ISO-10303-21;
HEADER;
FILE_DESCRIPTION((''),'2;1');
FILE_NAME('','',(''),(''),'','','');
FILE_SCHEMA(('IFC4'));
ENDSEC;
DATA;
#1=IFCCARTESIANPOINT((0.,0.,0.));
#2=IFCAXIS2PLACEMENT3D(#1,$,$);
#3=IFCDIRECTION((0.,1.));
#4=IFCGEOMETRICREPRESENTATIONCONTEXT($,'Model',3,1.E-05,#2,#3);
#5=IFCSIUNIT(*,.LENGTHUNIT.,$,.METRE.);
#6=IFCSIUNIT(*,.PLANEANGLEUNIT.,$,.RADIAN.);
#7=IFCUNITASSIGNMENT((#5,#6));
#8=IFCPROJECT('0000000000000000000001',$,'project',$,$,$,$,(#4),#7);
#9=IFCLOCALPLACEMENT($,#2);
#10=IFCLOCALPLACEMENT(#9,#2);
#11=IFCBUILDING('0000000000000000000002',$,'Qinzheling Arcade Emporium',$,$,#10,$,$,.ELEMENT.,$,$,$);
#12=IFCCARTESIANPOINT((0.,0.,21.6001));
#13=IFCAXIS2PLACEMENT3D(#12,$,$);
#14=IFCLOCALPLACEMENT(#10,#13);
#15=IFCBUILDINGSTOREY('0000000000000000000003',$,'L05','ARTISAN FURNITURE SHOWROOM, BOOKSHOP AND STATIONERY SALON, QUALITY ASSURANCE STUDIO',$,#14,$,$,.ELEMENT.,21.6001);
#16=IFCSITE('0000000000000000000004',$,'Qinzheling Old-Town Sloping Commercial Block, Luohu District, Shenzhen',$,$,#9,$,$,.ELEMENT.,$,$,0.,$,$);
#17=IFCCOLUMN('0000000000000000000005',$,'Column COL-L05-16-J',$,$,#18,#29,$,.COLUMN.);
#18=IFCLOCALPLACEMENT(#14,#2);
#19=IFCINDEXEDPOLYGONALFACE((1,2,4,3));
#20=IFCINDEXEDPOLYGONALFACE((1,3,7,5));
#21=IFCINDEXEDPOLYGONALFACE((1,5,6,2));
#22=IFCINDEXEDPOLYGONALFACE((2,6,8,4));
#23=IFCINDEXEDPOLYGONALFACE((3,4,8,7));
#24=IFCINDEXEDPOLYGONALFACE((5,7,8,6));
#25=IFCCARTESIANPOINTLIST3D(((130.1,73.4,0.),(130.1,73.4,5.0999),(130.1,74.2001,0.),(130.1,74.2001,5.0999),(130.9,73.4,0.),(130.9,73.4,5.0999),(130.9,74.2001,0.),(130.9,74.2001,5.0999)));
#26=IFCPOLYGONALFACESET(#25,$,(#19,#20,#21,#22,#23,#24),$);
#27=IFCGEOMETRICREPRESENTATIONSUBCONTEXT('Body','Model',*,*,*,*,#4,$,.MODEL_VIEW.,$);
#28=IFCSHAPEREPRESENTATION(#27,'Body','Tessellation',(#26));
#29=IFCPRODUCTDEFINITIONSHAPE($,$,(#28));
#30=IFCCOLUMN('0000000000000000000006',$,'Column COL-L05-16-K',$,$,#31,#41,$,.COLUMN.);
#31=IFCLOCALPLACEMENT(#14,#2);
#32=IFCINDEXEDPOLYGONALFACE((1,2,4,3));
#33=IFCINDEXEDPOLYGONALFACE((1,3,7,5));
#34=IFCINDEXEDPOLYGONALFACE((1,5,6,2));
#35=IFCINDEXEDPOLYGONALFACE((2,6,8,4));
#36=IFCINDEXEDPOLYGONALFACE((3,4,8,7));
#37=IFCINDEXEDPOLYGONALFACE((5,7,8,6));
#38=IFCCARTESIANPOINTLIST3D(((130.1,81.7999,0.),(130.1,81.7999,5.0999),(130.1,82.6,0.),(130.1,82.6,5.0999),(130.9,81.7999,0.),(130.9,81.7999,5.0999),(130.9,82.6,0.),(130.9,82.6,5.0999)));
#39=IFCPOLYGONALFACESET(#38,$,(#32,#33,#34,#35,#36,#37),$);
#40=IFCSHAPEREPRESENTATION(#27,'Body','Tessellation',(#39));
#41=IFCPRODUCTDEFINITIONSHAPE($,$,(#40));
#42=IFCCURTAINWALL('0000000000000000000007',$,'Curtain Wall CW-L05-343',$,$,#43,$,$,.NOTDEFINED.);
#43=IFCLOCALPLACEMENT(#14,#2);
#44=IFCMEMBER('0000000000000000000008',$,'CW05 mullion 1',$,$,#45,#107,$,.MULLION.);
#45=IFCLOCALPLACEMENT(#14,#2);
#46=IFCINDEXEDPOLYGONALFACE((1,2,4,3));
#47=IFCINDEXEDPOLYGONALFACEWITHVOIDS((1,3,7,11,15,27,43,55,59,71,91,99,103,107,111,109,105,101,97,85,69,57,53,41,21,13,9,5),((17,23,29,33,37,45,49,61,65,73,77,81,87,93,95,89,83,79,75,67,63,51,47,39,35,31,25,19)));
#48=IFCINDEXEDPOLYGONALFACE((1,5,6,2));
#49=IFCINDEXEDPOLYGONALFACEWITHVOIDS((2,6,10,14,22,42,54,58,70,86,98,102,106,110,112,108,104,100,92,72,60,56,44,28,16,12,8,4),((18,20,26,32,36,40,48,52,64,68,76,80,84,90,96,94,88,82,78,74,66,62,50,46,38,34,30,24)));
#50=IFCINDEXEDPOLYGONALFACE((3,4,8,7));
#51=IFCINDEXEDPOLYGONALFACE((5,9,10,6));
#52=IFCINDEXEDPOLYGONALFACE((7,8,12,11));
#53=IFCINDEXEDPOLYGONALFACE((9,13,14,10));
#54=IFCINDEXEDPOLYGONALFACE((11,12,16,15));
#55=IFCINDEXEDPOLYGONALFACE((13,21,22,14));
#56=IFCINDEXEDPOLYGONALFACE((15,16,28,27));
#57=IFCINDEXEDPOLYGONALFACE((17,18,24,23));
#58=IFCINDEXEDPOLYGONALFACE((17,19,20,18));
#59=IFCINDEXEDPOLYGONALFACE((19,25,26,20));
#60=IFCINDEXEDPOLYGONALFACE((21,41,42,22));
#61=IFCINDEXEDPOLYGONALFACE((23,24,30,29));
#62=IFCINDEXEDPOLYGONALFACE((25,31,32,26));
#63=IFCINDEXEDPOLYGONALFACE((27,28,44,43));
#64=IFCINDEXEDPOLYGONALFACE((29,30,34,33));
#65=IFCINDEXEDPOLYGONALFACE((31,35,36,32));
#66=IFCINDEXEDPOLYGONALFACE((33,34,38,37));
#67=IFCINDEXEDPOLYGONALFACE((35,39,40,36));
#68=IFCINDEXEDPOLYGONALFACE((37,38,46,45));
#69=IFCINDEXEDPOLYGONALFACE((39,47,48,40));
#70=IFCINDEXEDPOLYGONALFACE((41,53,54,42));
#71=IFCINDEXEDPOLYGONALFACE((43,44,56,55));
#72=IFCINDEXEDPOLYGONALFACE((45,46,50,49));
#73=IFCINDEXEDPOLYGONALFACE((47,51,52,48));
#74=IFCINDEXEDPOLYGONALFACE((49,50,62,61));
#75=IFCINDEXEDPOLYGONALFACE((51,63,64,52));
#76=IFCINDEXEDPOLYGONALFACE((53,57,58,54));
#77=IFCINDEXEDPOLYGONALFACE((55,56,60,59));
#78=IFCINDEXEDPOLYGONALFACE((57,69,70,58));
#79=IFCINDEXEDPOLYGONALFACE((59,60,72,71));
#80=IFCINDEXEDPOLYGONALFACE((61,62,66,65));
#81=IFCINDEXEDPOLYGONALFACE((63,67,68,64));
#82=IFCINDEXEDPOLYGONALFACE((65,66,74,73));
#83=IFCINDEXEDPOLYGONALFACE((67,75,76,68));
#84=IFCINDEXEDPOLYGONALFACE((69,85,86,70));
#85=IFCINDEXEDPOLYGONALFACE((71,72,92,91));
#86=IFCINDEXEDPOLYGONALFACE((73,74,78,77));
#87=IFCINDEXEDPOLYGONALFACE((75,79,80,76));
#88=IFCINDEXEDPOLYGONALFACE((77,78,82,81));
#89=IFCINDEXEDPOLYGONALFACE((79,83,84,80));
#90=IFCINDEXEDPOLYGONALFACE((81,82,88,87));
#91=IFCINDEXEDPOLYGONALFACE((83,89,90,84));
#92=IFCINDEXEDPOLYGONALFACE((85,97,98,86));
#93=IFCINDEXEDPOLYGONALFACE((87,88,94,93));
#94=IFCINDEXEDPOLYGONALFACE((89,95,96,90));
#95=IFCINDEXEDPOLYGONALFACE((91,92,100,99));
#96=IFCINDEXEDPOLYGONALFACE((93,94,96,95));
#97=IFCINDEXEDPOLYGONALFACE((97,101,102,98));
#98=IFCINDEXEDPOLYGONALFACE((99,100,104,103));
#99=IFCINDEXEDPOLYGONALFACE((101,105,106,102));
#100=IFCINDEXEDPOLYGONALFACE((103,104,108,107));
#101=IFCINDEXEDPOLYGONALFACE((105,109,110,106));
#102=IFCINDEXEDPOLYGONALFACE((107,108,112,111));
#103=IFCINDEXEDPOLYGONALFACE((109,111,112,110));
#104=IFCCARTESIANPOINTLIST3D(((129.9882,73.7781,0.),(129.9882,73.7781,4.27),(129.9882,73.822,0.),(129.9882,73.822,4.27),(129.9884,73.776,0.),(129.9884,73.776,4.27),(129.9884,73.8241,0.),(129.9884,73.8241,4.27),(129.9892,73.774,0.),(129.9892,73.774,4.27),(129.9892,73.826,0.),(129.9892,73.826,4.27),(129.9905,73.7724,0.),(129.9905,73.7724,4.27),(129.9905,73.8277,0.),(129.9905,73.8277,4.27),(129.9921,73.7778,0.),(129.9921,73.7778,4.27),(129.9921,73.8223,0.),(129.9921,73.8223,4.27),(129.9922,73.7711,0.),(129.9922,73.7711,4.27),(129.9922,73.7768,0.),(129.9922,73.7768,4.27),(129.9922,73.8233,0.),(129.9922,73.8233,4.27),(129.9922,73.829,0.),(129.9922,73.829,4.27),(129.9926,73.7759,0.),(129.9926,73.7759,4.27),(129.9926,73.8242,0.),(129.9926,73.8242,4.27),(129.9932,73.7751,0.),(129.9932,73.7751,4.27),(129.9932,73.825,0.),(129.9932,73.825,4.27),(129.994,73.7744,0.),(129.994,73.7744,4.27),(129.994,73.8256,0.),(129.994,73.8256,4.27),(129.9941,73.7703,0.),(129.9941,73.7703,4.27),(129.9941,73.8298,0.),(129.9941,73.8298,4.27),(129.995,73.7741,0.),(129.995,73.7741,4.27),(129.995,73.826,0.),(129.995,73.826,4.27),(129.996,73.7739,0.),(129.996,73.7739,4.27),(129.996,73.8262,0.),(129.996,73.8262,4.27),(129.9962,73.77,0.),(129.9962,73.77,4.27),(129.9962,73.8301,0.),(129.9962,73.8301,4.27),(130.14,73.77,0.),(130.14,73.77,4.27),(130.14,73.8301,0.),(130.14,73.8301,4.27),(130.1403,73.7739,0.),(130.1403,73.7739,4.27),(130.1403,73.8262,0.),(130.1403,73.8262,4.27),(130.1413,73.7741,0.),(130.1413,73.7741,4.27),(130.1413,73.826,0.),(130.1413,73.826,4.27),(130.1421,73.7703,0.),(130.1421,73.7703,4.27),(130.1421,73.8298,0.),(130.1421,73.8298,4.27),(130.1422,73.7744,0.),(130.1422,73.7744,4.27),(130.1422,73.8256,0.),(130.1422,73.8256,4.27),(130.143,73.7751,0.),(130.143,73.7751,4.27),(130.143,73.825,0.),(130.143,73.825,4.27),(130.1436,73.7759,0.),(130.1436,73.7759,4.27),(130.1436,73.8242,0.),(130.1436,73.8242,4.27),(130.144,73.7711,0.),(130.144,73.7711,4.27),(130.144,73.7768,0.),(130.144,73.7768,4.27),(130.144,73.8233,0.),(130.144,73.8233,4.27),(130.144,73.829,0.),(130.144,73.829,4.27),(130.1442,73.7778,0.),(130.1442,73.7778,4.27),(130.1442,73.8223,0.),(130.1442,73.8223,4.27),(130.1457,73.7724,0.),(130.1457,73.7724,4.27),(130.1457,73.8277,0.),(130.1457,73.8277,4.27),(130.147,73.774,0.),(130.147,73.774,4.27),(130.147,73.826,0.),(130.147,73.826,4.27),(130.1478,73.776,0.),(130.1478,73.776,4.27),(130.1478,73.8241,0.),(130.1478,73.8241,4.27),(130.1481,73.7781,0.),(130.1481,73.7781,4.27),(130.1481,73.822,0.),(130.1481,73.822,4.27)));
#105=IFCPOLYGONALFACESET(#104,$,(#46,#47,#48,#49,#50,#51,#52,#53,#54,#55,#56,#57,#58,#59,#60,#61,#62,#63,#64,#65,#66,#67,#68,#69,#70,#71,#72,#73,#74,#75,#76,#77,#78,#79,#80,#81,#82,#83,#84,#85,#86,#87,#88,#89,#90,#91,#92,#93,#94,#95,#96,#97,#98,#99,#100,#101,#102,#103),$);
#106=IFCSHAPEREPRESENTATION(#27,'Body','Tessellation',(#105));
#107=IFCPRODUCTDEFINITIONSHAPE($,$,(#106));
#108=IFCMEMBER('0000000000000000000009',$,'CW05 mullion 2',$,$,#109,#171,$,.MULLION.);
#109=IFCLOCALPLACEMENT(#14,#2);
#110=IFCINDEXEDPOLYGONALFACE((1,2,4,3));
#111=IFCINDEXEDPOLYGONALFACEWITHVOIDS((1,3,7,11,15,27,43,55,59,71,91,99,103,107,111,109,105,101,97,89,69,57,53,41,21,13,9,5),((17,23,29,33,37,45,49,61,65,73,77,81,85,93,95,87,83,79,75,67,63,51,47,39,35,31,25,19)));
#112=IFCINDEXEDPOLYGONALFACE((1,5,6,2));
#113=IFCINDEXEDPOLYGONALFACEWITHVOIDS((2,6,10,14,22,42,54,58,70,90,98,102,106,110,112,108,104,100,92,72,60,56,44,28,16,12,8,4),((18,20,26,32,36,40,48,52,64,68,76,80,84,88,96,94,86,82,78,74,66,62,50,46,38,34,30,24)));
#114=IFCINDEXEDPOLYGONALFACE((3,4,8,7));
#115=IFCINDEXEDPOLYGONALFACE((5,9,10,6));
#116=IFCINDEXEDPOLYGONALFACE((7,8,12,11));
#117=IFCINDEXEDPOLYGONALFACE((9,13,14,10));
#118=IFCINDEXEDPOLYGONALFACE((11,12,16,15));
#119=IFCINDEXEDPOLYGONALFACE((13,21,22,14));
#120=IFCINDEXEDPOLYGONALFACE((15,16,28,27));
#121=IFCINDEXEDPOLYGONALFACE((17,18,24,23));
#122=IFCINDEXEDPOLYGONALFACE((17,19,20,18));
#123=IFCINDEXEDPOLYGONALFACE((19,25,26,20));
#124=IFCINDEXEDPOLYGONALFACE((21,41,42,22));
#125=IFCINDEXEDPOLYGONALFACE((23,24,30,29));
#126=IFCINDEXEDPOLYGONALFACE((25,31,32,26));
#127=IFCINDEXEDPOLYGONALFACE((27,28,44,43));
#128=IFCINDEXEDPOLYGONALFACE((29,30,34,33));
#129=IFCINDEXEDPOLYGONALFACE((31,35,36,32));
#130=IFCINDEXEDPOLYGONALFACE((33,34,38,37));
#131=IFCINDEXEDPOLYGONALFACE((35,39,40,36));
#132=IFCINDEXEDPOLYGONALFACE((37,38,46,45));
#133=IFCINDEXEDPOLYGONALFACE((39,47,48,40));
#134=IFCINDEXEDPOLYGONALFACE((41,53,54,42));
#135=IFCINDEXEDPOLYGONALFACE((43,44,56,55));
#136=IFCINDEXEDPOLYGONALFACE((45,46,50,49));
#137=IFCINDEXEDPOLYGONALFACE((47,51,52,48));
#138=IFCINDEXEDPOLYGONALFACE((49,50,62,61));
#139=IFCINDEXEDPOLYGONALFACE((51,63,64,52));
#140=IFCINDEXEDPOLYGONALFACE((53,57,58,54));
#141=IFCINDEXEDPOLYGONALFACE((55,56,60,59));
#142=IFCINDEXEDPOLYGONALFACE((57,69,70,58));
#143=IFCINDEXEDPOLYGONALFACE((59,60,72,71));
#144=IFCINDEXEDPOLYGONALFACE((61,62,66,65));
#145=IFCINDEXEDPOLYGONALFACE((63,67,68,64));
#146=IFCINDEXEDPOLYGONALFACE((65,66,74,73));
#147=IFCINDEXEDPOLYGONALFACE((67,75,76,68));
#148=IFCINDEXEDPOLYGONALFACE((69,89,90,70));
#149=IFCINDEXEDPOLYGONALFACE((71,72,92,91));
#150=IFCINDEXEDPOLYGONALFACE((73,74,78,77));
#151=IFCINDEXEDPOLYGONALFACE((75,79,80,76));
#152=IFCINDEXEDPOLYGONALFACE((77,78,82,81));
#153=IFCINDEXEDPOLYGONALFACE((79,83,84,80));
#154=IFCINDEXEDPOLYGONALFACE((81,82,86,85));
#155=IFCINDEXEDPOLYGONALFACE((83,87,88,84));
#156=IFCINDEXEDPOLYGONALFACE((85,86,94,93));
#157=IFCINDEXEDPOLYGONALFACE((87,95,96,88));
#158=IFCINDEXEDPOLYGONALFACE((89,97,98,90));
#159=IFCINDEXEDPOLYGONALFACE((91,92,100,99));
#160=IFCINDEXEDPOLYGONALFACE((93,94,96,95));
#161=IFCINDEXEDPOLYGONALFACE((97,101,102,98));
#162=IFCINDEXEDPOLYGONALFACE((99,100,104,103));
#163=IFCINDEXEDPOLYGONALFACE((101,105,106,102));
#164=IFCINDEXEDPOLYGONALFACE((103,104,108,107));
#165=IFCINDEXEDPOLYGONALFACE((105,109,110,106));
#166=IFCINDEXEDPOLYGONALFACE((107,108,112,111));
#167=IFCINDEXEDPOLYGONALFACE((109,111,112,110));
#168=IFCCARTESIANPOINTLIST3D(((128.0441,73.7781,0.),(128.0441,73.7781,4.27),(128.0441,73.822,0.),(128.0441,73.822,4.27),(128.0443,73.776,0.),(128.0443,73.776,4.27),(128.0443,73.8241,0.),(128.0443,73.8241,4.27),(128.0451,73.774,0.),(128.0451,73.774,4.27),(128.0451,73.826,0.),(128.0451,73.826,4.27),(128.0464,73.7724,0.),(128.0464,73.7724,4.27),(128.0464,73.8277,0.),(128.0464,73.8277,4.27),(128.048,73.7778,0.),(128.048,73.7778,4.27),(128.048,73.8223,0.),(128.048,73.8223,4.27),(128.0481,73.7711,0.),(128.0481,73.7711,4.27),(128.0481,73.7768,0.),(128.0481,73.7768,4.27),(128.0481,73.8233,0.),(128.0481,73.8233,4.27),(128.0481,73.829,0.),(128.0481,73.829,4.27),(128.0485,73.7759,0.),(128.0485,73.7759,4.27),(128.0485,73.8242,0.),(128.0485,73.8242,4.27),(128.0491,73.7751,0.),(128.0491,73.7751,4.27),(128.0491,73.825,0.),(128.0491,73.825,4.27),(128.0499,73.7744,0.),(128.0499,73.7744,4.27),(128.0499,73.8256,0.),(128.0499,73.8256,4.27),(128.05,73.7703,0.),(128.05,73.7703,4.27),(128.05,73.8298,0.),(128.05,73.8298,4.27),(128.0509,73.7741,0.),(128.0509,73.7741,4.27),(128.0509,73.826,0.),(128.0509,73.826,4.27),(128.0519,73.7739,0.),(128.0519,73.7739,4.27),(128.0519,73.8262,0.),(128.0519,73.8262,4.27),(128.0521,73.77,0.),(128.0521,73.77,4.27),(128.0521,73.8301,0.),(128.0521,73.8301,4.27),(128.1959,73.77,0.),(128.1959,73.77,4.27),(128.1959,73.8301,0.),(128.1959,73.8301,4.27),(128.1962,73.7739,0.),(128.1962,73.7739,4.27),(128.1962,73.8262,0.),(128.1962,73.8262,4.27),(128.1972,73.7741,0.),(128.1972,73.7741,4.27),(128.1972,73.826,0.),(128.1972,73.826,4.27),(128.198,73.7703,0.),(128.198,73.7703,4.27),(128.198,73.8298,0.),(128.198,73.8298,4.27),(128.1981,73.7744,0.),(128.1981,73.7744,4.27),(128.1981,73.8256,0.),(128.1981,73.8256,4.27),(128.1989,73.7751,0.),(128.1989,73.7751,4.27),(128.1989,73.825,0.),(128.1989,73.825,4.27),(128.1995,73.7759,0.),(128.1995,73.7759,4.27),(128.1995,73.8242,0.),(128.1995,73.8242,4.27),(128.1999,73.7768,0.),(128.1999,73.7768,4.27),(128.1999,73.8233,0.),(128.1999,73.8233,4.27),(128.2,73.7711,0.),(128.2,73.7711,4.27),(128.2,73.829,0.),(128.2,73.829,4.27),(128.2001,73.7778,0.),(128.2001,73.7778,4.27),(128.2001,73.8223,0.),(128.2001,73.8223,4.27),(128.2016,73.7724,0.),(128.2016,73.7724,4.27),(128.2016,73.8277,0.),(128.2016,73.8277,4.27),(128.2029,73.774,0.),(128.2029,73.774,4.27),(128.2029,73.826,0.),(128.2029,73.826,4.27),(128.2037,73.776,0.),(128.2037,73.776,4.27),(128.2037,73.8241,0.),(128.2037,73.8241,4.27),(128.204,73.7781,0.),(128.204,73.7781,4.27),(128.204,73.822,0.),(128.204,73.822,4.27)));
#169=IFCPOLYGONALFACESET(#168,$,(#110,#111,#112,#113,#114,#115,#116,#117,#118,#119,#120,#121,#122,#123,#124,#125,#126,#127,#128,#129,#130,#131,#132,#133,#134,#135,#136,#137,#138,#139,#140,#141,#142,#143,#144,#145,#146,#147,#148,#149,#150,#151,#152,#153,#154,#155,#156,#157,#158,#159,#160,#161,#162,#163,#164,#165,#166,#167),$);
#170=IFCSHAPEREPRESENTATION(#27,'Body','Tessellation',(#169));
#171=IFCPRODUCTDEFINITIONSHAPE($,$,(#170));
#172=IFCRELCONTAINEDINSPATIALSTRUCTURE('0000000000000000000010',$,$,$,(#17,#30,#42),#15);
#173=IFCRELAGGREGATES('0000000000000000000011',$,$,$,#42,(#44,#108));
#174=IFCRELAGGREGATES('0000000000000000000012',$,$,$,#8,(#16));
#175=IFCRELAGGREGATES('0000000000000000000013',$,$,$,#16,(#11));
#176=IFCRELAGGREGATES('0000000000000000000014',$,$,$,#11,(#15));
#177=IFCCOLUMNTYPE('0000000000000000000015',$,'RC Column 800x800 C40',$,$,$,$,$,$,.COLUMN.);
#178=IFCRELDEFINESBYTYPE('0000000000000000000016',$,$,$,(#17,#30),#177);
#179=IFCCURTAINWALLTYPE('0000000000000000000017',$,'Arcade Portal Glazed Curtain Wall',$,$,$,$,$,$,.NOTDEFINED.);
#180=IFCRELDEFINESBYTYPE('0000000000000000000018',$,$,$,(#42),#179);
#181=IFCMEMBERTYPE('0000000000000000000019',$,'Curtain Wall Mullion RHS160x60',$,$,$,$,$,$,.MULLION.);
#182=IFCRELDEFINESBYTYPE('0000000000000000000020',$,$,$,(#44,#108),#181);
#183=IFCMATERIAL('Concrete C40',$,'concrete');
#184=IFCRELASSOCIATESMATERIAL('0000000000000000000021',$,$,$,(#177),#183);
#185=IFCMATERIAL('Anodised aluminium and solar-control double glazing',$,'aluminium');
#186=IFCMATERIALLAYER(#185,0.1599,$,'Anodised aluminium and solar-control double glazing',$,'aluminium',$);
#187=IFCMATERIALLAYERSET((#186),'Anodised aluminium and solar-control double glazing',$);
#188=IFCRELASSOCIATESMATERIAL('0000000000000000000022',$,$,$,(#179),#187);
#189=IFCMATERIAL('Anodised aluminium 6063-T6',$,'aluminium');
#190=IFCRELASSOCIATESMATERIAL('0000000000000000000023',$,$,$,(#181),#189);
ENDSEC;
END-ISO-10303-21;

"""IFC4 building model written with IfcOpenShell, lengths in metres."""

from ifc_helpers import new_model, si_unit, direction, frame, origin, origin_2d, place, context, subcontext, project, spatial, rectangle, hollow_rectangle, extrude, material, layer, layer_set, material_profile, profile_set, type_object, element, aggregate, save


model = new_model("IFC4")

# Units and contexts
model_context = context("Model", 3, precision=1e-05, world=origin(), true_north=direction((0.0, 1.0)))
body_context = subcontext(model_context, "Body", "Model", "MODEL_VIEW")
ifc_project = project(units=[si_unit("LENGTHUNIT", "METRE"), si_unit("PLANEANGLEUNIT", "RADIAN")], contexts=[model_context])

# Site, building, storey
site_placement = place(None, origin())
site = spatial("IfcSite", under=ifc_project, at=site_placement, Name="Qinzheling Old-Town Sloping Commercial Block, Luohu District, Shenzhen", CompositionType="ELEMENT", RefElevation=0.0)
building_placement = place(site_placement, origin())
building = spatial("IfcBuilding", under=site, at=building_placement, Name="Qinzheling Arcade Emporium", CompositionType="ELEMENT")
storey_placement = place(building_placement, frame((0.0, 0.0, 21.6001)))
storey = spatial("IfcBuildingStorey", under=building, at=storey_placement, Name="L05", Description="ARTISAN FURNITURE SHOWROOM, BOOKSHOP AND STATIONERY SALON, QUALITY ASSURANCE STUDIO", CompositionType="ELEMENT", Elevation=21.6001)

# Columns
ifc_material_1 = material(Name="Concrete C40", Category="concrete")
ifc_material_profile_1 = material_profile(ifc_material_1, rectangle(XDim=0.8, YDim=0.8, at=origin_2d()), Name="RC 800x800", Category="concrete")
ifc_profile_set_1 = profile_set([ifc_material_profile_1], Name="Concrete C40")
column_type = type_object("IfcColumnType", Name="RC Column 800x800 C40", PredefinedType="COLUMN", material=ifc_profile_set_1)
for number, where, z_axis, x_axis, name in (
    (1, (130.5, 73.8, 0.0), (0.0, 0.0, 1.0), (1.0, 0.0, 0.0), "Column COL-L05-16-J"),
    (2, (130.5, 82.2, 0.0), (0.0, 0.0, 1.0), (1.0, 0.0, 0.0), "Column COL-L05-16-K"),
):
    element("IfcColumn", number, at=place(storey_placement, frame(where, z_axis=z_axis, x_axis=x_axis)), inside=storey, type_object=column_type, Name=name, PredefinedType="COLUMN", context=body_context, shape_type="SweptSolid", body=[
        extrude(rectangle(XDim=0.8, YDim=0.8, at=origin_2d()), origin(), (0.0, 0.0, 1.0), 5.0999),
    ])

# Curtain wall, members
ifc_material_2 = material(Name="Anodised aluminium and solar-control double glazing", Category="aluminium")
ifc_layer_1 = layer(ifc_material_2, 0.1599, Name="Anodised aluminium and solar-control double glazing", Category="aluminium")
ifc_layer_set_1 = layer_set([ifc_layer_1], Name="Anodised aluminium and solar-control double glazing")
curtain_wall_type = type_object("IfcCurtainWallType", Name="Arcade Portal Glazed Curtain Wall", PredefinedType="NOTDEFINED", material=ifc_layer_set_1)
curtain_wall_placement = place(storey_placement, origin())
curtain_wall = element("IfcCurtainWall", 3, at=curtain_wall_placement, inside=storey, type_object=curtain_wall_type, Name="Curtain Wall CW-L05-343", PredefinedType="NOTDEFINED")
ifc_material_3 = material(Name="Anodised aluminium 6063-T6", Category="aluminium")
ifc_material_profile_2 = material_profile(ifc_material_3, hollow_rectangle(XDim=0.0601, YDim=0.1599, WallThickness=0.0039, InnerFilletRadius=0.0039, OuterFilletRadius=0.0081, at=origin_2d()), Name="RHS 160x60x4", Category="aluminium")
ifc_profile_set_2 = profile_set([ifc_material_profile_2], Name="Anodised aluminium 6063-T6")
member_type_1 = type_object("IfcMemberType", Name="Curtain Wall Mullion RHS160x60", PredefinedType="MULLION", material=ifc_profile_set_2)
member_1_placement = place(storey_placement, frame((130.0681, 73.8, 0.0), z_axis=(0.0, 0.0, 1.0), x_axis=(0.0, -1.0, 0.0)))
member_1 = element("IfcMember", 4, at=member_1_placement, type_object=member_type_1, Name="CW05 mullion 1", PredefinedType="MULLION", context=body_context, shape_type="SweptSolid", body=[
    extrude(hollow_rectangle(XDim=0.0601, YDim=0.1599, WallThickness=0.0039, InnerFilletRadius=0.0039, OuterFilletRadius=0.0081, at=origin_2d()), origin(), (0.0, 0.0, 1.0), 4.27),
])
member_2_placement = place(storey_placement, frame((128.124, 73.8, 0.0), z_axis=(0.0, 0.0, 1.0), x_axis=(0.0, -1.0, 0.0)))
member_2 = element("IfcMember", 5, at=member_2_placement, type_object=member_type_1, Name="CW05 mullion 2", PredefinedType="MULLION", context=body_context, shape_type="SweptSolid", body=[
    extrude(hollow_rectangle(XDim=0.0601, YDim=0.1599, WallThickness=0.0039, InnerFilletRadius=0.0039, OuterFilletRadius=0.0081, at=origin_2d()), origin(), (0.0, 0.0, 1.0), 4.27),
])

aggregate(curtain_wall, [member_1, member_2])

save(model, "model.ifc")
